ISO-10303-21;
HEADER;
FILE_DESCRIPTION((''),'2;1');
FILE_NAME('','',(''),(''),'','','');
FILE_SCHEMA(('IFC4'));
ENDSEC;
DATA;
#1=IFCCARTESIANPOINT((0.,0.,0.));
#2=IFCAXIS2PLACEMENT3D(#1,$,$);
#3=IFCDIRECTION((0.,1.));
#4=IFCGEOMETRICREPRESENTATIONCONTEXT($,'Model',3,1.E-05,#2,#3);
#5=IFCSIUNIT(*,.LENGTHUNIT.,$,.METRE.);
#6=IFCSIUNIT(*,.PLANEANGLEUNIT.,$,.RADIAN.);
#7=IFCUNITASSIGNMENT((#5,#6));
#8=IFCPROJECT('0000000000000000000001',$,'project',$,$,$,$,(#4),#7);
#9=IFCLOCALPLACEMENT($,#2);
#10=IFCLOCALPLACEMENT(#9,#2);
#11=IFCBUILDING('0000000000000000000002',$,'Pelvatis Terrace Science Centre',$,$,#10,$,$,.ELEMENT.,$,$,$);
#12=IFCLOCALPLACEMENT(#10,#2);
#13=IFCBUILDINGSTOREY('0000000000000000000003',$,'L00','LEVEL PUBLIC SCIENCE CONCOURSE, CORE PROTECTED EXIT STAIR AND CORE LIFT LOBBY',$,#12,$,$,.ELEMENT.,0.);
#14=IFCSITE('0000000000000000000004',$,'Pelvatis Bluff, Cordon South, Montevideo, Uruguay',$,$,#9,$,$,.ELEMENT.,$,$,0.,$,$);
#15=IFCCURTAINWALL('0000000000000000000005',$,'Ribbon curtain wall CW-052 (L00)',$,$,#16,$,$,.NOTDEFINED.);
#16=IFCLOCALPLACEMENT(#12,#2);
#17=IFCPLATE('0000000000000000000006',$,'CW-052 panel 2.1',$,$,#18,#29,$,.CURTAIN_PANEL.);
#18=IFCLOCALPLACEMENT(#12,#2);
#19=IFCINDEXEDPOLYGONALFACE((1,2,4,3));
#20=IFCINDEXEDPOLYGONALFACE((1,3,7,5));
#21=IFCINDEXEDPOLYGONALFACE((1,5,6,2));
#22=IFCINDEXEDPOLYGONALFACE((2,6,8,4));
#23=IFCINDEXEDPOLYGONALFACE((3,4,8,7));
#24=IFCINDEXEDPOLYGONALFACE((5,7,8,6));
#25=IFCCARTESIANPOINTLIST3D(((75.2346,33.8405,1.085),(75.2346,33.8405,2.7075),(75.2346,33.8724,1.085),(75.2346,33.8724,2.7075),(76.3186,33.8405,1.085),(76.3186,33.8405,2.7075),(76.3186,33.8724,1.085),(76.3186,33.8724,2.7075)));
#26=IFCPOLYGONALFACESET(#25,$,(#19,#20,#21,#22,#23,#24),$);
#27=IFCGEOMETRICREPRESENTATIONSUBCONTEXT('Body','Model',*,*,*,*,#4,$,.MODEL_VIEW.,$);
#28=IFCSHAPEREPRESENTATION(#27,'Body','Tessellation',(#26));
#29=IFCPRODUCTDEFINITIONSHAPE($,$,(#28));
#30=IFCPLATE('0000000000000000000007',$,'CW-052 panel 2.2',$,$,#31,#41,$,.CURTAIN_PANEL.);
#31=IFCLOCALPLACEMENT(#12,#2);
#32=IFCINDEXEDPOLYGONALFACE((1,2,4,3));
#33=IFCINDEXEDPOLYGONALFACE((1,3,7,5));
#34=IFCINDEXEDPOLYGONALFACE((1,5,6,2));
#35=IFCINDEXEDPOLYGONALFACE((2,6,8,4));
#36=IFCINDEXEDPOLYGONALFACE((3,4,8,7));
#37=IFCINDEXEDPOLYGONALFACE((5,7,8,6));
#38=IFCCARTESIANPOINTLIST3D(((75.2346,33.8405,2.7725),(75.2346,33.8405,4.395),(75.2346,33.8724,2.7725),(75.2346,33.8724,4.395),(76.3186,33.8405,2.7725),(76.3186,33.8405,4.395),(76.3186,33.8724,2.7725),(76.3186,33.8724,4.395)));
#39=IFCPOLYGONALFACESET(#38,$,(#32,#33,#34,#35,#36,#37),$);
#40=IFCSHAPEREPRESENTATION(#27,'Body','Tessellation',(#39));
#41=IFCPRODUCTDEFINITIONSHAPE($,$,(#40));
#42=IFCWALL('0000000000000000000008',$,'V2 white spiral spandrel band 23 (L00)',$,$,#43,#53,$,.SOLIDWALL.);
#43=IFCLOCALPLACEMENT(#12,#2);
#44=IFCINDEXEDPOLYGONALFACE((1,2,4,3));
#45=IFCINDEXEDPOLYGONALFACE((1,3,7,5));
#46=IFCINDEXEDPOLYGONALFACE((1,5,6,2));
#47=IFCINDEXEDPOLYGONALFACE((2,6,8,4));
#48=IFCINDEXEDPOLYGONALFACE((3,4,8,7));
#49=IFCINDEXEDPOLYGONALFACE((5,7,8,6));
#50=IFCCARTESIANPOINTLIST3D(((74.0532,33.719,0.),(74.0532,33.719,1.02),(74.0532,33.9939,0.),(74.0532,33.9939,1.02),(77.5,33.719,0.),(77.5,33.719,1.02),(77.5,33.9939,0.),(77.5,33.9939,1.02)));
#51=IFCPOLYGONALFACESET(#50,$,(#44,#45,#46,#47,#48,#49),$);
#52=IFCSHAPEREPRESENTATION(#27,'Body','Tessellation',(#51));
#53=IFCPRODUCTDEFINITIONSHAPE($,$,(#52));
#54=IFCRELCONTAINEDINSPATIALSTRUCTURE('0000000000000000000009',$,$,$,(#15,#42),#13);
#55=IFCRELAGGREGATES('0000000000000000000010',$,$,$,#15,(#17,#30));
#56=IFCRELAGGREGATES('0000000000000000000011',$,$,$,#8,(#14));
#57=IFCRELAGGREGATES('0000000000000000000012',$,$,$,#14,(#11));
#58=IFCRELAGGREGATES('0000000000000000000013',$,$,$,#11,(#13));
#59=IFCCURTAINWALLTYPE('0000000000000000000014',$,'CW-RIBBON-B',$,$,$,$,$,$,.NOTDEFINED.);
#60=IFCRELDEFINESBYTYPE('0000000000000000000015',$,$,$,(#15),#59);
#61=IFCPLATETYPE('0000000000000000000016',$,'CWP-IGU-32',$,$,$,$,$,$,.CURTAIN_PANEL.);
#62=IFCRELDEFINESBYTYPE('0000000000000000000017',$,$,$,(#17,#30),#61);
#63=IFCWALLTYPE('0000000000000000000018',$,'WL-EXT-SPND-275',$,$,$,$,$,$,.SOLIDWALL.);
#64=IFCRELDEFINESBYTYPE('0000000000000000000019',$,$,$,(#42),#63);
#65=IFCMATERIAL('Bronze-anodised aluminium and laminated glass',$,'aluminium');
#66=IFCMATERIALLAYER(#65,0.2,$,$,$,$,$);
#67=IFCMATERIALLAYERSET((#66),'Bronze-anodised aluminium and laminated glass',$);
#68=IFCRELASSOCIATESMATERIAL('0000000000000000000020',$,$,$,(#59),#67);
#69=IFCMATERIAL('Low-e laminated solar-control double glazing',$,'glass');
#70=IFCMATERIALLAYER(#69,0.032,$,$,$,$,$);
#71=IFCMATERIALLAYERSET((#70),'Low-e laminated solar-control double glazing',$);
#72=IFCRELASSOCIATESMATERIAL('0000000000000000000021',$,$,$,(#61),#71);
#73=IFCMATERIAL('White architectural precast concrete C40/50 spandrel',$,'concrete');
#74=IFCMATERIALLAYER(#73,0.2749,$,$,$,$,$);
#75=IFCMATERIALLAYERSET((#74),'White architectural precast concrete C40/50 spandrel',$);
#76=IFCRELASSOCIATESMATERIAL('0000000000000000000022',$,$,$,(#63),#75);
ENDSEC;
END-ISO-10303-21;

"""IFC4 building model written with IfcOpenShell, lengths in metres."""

from ifc_helpers import new_model, si_unit, direction, frame, frame_2d, origin, origin_2d, place, context, subcontext, project, spatial, rectangle, extrude, material, layer, layer_set, type_object, element, aggregate, save


model = new_model("IFC4")

# Units and contexts
model_context = context("Model", 3, precision=1e-05, world=origin(), true_north=direction((0.0, 1.0)))
body_context = subcontext(model_context, "Body", "Model", "MODEL_VIEW")
ifc_project = project(units=[si_unit("LENGTHUNIT", "METRE"), si_unit("PLANEANGLEUNIT", "RADIAN")], contexts=[model_context])

# Site, building, storey
site_placement = place(None, origin())
site = spatial("IfcSite", under=ifc_project, at=site_placement, Name="Pelvatis Bluff, Cordon South, Montevideo, Uruguay", CompositionType="ELEMENT", RefElevation=0.0)
building_placement = place(site_placement, origin())
building = spatial("IfcBuilding", under=site, at=building_placement, Name="Pelvatis Terrace Science Centre", CompositionType="ELEMENT")
storey_placement = place(building_placement, origin())
storey = spatial("IfcBuildingStorey", under=building, at=storey_placement, Name="L00", Description="LEVEL PUBLIC SCIENCE CONCOURSE, CORE PROTECTED EXIT STAIR AND CORE LIFT LOBBY", CompositionType="ELEMENT", Elevation=0.0)

# Curtain wall, plates
ifc_material_1 = material(Name="Bronze-anodised aluminium and laminated glass", Category="aluminium")
ifc_layer_1 = layer(ifc_material_1, 0.2)
ifc_layer_set_1 = layer_set([ifc_layer_1], Name="Bronze-anodised aluminium and laminated glass")
curtain_wall_type = type_object("IfcCurtainWallType", Name="CW-RIBBON-B", PredefinedType="NOTDEFINED", material=ifc_layer_set_1)
curtain_wall_placement = place(storey_placement, origin())
curtain_wall = element("IfcCurtainWall", 1, at=curtain_wall_placement, inside=storey, type_object=curtain_wall_type, Name="Ribbon curtain wall CW-052 (L00)", PredefinedType="NOTDEFINED")
ifc_material_2 = material(Name="Low-e laminated solar-control double glazing", Category="glass")
ifc_layer_2 = layer(ifc_material_2, 0.032)
ifc_layer_set_2 = layer_set([ifc_layer_2], Name="Low-e laminated solar-control double glazing")
plate_type = type_object("IfcPlateType", Name="CWP-IGU-32", PredefinedType="CURTAIN_PANEL", material=ifc_layer_set_2)
plate_1_placement = place(storey_placement, frame((75.7766, 33.8564, 1.085), z_axis=(0.0, 0.0, 1.0), x_axis=(1.0, 0.0, 0.0)))
plate_1 = element("IfcPlate", 2, at=plate_1_placement, type_object=plate_type, Name="CW-052 panel 2.1", PredefinedType="CURTAIN_PANEL", context=body_context, shape_type="SweptSolid", body=[
    extrude(rectangle(XDim=1.084, YDim=0.032, at=origin_2d()), origin(), (0.0, 0.0, 1.0), 1.6226),
])
plate_2_placement = place(storey_placement, frame((75.7766, 33.8564, 2.7725), z_axis=(0.0, 0.0, 1.0), x_axis=(1.0, 0.0, 0.0)))
plate_2 = element("IfcPlate", 3, at=plate_2_placement, type_object=plate_type, Name="CW-052 panel 2.2", PredefinedType="CURTAIN_PANEL", context=body_context, shape_type="SweptSolid", body=[
    extrude(rectangle(XDim=1.084, YDim=0.032, at=origin_2d()), origin(), (0.0, 0.0, 1.0), 1.6226),
])
aggregate(curtain_wall, [plate_1, plate_2])

# Shared definitions
ifc_material_3 = material(Name="White architectural precast concrete C40/50 spandrel", Category="concrete")
ifc_layer_3 = layer(ifc_material_3, 0.2749)
ifc_layer_set_3 = layer_set([ifc_layer_3], Name="White architectural precast concrete C40/50 spandrel")
wall_type = type_object("IfcWallType", Name="WL-EXT-SPND-275", PredefinedType="SOLIDWALL", material=ifc_layer_set_3)

# Wall
wall_1_placement = place(storey_placement, frame((74.0532, 33.8564, 0.0), z_axis=(0.0, 0.0, 1.0), x_axis=(1.0, 0.0, 0.0)))
element("IfcWall", 4, at=wall_1_placement, inside=storey, type_object=wall_type, Name="V2 white spiral spandrel band 23 (L00)", PredefinedType="SOLIDWALL", context=body_context, shape_type="SweptSolid", body=[
    extrude(rectangle(XDim=3.4468, YDim=0.2749, at=frame_2d((1.7234, 0.0))), origin(), (0.0, 0.0, 1.0), 1.02),
])

save(model, "model.ifc")
